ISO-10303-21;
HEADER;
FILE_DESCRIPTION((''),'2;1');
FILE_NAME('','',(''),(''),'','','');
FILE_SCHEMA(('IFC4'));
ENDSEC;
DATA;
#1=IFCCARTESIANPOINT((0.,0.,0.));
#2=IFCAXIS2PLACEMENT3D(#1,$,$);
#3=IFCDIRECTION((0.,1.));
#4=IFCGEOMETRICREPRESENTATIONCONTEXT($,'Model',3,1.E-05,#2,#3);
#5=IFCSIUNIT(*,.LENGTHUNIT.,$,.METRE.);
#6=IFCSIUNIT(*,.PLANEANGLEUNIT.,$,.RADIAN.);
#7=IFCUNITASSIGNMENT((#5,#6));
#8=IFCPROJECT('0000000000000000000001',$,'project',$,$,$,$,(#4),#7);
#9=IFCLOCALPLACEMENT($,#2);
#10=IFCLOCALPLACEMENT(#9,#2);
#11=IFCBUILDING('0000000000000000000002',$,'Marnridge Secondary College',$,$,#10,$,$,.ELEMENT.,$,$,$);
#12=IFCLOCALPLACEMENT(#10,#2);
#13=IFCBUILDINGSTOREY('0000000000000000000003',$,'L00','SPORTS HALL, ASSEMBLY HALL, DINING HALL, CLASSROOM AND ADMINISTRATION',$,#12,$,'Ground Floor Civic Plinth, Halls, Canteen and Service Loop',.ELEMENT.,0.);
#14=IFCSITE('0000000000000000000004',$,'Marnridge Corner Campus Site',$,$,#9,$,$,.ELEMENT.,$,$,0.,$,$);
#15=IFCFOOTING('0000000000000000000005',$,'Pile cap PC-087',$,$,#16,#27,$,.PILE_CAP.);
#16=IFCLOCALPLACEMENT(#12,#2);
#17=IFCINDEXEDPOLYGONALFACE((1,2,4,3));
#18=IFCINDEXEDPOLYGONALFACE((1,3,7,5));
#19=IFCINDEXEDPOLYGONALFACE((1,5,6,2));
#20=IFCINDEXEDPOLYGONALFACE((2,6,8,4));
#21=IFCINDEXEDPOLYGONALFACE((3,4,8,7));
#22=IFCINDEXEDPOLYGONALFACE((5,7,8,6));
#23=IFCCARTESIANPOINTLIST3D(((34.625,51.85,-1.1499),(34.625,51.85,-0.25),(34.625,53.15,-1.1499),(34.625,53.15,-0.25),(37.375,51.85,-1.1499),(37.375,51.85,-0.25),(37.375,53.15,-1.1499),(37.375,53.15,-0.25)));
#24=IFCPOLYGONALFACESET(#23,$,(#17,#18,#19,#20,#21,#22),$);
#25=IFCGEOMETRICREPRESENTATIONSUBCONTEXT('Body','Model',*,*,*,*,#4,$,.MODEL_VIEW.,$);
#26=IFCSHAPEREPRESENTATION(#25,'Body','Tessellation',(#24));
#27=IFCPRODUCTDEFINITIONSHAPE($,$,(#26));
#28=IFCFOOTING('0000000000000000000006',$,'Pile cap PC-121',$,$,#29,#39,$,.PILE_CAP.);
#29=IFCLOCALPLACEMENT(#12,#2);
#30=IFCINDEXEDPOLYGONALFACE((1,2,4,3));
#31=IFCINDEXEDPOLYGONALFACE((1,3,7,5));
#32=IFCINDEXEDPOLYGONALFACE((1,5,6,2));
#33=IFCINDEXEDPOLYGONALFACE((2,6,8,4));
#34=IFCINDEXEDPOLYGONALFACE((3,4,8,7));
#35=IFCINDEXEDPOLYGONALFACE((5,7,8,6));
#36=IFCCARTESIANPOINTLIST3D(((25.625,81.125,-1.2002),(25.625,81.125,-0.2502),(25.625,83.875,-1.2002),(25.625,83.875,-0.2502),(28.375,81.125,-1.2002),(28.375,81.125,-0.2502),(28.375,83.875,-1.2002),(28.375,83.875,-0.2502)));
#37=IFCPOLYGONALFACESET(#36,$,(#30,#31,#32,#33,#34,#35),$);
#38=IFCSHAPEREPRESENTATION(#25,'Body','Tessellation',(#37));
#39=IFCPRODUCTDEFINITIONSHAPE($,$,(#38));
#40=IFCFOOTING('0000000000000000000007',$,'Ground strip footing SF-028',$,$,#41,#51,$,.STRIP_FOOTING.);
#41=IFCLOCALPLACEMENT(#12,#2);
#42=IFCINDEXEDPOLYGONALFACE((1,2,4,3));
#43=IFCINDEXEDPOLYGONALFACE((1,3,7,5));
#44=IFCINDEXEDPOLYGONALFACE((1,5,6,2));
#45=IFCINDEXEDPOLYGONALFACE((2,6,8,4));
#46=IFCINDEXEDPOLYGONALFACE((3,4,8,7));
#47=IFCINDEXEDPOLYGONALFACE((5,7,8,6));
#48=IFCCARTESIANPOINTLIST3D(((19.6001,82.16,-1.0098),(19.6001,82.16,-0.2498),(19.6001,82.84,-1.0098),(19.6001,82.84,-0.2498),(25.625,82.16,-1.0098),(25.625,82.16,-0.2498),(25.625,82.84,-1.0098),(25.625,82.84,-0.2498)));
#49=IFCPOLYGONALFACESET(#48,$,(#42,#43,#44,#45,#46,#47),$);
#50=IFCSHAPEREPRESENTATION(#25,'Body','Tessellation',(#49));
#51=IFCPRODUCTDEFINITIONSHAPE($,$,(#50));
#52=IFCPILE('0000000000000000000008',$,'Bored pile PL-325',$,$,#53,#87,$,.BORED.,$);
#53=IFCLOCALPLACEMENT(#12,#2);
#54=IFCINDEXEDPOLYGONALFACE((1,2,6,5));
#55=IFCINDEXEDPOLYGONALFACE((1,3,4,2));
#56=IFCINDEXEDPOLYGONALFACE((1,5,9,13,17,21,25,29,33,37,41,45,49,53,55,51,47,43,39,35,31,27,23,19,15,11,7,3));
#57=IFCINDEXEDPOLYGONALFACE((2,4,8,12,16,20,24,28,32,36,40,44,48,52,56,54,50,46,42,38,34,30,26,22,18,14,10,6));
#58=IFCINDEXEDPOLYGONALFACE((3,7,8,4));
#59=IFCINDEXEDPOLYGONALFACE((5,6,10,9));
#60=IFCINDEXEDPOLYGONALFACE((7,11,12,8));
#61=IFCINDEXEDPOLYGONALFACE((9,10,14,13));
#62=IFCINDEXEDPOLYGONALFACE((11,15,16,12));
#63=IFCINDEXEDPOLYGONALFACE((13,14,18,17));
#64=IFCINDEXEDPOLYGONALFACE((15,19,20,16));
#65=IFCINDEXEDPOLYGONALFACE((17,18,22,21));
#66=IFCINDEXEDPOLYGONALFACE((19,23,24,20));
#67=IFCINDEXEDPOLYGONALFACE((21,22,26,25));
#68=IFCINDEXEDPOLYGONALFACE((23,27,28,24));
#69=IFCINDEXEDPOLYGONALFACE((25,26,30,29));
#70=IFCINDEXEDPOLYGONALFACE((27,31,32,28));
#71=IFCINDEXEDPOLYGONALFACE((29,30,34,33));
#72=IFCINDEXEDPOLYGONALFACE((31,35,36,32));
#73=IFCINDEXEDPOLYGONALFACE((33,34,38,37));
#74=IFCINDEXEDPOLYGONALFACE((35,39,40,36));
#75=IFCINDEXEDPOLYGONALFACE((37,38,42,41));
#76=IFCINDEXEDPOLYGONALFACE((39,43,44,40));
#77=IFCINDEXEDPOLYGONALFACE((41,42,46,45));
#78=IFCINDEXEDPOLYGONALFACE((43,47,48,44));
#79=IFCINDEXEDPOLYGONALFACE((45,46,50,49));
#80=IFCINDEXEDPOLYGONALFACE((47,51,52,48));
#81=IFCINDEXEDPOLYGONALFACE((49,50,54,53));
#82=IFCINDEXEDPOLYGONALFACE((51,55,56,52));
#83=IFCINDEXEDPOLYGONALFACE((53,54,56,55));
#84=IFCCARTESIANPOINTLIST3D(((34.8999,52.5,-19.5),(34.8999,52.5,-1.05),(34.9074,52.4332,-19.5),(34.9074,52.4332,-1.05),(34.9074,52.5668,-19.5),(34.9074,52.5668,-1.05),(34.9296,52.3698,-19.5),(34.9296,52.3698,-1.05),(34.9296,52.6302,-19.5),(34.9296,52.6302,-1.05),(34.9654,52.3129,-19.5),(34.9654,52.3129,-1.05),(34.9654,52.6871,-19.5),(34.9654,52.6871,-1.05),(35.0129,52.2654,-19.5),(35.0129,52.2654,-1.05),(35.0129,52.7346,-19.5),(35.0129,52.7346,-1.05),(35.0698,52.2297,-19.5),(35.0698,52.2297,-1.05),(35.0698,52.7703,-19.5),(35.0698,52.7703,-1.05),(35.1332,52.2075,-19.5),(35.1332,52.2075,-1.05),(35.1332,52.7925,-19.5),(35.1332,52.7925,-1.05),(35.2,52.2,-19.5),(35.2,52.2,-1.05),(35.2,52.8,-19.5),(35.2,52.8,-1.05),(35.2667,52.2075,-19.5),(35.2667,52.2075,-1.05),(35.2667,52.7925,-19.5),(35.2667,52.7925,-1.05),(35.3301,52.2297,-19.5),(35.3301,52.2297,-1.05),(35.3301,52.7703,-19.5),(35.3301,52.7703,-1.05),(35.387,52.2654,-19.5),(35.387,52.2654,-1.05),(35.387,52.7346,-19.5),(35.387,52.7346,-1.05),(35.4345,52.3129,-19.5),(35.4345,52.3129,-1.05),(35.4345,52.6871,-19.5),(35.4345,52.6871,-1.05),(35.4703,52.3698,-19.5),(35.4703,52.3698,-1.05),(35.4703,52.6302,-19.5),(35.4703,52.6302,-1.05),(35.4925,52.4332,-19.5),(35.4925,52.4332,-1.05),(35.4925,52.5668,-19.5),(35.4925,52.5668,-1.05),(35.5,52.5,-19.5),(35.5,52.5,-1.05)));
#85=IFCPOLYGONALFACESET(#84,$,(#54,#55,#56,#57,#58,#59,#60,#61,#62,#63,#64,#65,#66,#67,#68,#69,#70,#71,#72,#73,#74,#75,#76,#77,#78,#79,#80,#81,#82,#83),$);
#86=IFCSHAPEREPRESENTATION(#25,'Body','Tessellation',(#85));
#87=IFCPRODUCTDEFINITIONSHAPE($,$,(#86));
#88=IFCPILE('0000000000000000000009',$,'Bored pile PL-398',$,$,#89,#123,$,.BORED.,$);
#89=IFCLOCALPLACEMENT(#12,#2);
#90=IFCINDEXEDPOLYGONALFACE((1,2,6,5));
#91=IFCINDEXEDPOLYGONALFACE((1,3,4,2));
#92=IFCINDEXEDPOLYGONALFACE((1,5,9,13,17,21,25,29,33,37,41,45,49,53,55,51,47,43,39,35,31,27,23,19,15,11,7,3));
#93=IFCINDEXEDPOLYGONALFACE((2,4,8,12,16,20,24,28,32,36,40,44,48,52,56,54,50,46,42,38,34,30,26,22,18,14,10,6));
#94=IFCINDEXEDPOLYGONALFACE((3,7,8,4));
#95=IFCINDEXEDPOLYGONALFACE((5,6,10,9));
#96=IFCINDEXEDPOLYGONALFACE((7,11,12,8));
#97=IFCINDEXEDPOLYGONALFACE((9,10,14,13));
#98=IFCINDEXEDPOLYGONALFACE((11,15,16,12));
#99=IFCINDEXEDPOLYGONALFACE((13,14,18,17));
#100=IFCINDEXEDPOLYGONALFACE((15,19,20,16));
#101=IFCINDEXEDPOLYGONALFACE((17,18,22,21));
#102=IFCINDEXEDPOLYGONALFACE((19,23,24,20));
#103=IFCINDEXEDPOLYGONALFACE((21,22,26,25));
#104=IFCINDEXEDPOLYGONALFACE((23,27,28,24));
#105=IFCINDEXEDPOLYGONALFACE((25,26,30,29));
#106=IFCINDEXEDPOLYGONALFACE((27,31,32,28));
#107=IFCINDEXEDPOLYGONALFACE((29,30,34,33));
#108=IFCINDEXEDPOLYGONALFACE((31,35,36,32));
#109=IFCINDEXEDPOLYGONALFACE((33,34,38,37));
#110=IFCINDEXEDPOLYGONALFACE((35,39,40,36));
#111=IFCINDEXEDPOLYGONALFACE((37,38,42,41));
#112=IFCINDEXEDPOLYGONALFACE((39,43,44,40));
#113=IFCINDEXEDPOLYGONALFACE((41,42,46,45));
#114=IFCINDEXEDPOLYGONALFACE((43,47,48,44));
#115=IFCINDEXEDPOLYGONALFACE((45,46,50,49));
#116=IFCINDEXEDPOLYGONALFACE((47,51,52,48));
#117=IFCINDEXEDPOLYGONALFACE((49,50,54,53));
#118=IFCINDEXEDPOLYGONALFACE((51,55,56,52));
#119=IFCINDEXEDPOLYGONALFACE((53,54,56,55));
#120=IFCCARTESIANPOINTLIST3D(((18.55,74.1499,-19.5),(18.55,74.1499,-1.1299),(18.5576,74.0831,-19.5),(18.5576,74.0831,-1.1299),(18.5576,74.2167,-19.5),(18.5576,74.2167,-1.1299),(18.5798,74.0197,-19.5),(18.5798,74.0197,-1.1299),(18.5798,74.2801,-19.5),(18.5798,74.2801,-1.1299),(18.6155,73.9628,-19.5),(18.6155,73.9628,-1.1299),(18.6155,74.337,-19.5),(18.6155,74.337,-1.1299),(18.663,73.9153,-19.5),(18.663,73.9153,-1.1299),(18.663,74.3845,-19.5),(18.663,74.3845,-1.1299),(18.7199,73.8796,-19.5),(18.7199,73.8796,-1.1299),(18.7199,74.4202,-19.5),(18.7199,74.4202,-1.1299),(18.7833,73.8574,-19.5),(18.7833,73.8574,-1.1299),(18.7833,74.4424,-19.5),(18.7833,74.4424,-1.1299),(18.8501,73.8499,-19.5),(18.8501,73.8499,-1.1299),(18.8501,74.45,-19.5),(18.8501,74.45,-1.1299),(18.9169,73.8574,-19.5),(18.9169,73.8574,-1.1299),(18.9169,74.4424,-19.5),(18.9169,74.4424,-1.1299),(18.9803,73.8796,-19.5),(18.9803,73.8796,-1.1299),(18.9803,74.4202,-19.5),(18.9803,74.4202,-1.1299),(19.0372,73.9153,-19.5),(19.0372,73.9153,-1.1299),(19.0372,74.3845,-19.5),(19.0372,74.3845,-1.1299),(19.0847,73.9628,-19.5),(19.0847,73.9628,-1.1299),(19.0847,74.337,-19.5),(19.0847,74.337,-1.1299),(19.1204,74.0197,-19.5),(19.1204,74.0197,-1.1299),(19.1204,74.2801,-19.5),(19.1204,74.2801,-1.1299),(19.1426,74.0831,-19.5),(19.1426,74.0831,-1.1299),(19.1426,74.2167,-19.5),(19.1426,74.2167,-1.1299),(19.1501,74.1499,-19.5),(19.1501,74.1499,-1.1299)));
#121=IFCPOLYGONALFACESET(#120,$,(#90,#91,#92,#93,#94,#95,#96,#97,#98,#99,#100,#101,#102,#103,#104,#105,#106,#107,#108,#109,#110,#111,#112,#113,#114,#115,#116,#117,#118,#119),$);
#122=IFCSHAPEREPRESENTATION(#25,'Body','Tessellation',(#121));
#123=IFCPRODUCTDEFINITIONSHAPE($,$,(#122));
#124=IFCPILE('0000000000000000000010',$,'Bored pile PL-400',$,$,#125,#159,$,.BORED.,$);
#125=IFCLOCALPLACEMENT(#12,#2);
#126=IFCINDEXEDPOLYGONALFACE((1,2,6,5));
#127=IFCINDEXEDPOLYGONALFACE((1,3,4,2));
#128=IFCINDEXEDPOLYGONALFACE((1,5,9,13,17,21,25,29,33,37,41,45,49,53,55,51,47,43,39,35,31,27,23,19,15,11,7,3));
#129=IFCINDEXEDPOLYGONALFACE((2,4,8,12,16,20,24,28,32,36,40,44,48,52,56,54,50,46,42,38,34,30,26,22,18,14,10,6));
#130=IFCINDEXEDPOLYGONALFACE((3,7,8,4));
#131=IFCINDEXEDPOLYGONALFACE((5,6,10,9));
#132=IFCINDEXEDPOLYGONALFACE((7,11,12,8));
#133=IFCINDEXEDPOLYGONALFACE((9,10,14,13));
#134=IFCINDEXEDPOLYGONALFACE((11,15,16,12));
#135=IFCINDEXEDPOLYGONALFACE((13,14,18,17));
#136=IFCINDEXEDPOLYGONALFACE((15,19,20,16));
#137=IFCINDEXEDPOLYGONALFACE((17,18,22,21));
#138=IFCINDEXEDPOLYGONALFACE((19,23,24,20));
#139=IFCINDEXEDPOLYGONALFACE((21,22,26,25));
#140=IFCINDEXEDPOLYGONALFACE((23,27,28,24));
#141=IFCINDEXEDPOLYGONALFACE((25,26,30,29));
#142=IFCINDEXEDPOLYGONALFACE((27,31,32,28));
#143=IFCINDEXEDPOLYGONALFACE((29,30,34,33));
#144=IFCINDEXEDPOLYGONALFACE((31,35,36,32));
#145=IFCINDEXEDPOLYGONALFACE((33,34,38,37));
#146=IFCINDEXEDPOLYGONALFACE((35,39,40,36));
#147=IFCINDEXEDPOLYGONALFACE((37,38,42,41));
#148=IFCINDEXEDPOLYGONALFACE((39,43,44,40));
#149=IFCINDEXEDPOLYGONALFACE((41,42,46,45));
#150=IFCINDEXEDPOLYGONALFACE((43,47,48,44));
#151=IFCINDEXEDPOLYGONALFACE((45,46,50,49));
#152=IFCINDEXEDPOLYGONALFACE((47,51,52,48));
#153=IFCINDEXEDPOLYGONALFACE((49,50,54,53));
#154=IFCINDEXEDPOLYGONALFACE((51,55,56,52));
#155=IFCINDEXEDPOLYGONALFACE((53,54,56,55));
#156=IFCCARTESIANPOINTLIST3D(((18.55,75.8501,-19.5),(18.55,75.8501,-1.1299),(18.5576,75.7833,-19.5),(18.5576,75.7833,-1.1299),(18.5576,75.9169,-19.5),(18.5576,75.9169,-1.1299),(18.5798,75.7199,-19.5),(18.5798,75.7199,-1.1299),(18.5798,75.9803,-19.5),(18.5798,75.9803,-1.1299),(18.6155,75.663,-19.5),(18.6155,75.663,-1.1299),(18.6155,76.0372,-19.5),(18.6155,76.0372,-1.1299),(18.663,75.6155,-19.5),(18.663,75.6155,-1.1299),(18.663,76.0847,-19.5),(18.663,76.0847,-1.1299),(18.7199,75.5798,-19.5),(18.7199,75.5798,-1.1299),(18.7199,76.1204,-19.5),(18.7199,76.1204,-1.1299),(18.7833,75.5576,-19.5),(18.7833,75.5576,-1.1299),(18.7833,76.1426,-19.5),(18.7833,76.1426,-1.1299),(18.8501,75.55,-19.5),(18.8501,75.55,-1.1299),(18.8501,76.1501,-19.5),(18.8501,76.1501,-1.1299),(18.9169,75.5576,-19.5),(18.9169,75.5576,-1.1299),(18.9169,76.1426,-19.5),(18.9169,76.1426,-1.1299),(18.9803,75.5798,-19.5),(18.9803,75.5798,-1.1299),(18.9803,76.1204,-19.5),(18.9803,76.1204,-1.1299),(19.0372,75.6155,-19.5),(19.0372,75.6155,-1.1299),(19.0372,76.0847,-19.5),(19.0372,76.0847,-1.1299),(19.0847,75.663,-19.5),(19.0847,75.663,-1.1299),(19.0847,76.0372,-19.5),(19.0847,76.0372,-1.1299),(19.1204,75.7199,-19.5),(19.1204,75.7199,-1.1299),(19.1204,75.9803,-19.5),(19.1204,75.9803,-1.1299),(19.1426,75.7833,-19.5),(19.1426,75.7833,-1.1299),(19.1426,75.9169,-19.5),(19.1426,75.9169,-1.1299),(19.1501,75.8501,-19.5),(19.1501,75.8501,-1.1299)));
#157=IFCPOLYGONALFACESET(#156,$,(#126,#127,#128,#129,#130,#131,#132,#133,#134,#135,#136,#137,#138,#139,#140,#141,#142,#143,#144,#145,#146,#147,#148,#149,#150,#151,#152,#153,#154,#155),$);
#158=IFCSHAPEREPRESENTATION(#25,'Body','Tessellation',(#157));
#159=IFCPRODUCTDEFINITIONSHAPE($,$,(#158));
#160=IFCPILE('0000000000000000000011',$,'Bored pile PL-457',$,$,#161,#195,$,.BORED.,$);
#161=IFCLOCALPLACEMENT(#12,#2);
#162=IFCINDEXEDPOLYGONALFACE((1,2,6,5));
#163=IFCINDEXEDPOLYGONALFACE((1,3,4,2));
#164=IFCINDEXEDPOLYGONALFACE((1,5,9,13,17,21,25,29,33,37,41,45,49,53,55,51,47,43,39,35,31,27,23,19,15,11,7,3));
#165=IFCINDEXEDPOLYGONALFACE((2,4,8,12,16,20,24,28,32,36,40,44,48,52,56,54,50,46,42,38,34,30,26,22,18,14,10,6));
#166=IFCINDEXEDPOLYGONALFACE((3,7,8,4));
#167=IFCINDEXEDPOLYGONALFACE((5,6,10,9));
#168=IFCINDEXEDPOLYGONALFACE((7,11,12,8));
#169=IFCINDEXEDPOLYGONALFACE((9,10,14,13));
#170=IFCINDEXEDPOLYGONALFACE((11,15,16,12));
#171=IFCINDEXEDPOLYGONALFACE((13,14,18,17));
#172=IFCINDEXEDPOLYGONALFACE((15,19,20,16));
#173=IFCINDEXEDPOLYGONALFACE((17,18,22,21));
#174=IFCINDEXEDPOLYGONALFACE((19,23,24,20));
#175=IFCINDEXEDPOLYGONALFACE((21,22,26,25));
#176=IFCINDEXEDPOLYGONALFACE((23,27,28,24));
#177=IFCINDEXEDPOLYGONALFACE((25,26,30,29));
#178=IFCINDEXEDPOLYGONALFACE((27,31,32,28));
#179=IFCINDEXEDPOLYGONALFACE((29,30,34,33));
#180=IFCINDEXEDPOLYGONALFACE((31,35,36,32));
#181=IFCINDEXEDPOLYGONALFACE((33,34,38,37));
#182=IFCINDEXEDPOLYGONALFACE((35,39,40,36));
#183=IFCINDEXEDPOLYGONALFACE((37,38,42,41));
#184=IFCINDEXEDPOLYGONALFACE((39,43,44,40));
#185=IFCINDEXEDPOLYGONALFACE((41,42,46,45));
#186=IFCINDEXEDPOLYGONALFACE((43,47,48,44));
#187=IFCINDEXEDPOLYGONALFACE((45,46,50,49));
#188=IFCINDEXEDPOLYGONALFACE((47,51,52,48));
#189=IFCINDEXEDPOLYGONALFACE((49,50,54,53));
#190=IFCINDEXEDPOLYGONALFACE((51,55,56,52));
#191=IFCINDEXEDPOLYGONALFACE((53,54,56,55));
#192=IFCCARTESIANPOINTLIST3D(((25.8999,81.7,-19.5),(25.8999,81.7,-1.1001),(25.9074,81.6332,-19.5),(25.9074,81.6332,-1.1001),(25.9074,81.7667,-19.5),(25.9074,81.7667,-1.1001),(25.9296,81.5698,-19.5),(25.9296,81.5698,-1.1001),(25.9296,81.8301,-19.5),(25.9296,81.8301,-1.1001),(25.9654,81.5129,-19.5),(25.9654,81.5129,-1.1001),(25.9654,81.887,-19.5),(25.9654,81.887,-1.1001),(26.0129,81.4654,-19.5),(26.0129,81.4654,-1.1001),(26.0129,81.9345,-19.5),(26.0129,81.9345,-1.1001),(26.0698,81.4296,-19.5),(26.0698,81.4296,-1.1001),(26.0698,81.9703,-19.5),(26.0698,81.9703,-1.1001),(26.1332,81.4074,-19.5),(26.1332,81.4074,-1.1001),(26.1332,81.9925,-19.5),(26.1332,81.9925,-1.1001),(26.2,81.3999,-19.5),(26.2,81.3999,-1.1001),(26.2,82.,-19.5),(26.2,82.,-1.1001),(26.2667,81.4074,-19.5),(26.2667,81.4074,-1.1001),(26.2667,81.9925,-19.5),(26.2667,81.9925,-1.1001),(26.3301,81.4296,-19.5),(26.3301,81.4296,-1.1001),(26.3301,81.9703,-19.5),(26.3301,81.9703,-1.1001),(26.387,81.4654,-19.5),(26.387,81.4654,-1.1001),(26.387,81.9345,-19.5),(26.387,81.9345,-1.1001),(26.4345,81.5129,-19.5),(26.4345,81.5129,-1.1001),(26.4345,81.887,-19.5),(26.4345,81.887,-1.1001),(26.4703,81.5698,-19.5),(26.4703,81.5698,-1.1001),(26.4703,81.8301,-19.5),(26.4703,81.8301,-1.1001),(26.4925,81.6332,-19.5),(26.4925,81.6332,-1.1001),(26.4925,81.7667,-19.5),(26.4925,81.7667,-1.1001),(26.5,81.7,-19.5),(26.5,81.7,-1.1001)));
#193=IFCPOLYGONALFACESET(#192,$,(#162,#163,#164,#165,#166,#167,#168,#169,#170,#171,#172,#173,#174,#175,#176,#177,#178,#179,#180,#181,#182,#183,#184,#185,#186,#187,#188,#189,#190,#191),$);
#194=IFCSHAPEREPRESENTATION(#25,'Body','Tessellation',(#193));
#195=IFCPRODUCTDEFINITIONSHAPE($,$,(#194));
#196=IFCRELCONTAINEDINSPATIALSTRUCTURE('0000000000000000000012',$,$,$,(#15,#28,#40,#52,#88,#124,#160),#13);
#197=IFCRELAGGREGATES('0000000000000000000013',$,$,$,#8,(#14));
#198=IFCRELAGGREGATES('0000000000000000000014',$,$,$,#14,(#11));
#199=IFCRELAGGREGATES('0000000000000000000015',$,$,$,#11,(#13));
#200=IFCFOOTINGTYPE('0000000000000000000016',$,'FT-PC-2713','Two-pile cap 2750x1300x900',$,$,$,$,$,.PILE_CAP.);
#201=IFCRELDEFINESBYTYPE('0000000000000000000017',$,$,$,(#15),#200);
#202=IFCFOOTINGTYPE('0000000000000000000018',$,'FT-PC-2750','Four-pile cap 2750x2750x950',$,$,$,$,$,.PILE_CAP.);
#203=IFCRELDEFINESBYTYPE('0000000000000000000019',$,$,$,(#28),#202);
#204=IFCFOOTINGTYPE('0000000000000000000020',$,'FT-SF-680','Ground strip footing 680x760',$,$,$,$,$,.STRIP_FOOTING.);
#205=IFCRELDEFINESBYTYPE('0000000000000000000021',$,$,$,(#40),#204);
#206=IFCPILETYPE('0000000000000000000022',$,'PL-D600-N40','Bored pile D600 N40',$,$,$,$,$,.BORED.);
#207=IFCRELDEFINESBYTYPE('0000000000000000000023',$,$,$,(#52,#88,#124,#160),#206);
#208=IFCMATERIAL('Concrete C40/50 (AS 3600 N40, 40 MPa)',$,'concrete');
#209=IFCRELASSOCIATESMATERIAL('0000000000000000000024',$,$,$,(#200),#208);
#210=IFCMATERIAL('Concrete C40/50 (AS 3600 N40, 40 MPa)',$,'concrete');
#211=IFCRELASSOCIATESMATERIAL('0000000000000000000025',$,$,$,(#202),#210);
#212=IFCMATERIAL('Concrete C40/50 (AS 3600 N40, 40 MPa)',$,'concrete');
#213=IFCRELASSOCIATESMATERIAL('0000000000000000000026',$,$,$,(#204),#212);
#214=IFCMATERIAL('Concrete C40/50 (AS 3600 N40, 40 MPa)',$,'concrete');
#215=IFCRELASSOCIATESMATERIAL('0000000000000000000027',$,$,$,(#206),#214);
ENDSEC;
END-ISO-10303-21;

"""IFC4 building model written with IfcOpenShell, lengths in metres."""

from ifc_helpers import new_model, si_unit, direction, frame, origin, origin_2d, place, context, subcontext, project, spatial, rectangle, circle, extrude, material, material_profile, profile_set, type_object, element, save


model = new_model("IFC4")

# Units and contexts
model_context = context("Model", 3, precision=1e-05, world=origin(), true_north=direction((0.0, 1.0)))
body_context = subcontext(model_context, "Body", "Model", "MODEL_VIEW")
ifc_project = project(units=[si_unit("LENGTHUNIT", "METRE"), si_unit("PLANEANGLEUNIT", "RADIAN")], contexts=[model_context])

# Site, building, storey
site_placement = place(None, origin())
site = spatial("IfcSite", under=ifc_project, at=site_placement, Name="Marnridge Corner Campus Site", CompositionType="ELEMENT", RefElevation=0.0)
building_placement = place(site_placement, origin())
building = spatial("IfcBuilding", under=site, at=building_placement, Name="Marnridge Secondary College", CompositionType="ELEMENT")
storey_placement = place(building_placement, origin())
storey = spatial("IfcBuildingStorey", under=building, at=storey_placement, Name="L00", Description="SPORTS HALL, ASSEMBLY HALL, DINING HALL, CLASSROOM AND ADMINISTRATION", LongName="Ground Floor Civic Plinth, Halls, Canteen and Service Loop", CompositionType="ELEMENT", Elevation=0.0)

# Footings
ifc_material_1 = material(Name="Concrete C40/50 (AS 3600 N40, 40 MPa)", Category="concrete")
footing_type_1 = type_object("IfcFootingType", Name="FT-PC-2713", Description="Two-pile cap 2750x1300x900", PredefinedType="PILE_CAP", material=ifc_material_1)
footing_1_placement = place(storey_placement, frame((36.0, 52.5, -1.1499), z_axis=(0.0, 0.0, 1.0), x_axis=(1.0, 0.0, 0.0)))
element("IfcFooting", 1, at=footing_1_placement, inside=storey, type_object=footing_type_1, Name="Pile cap PC-087", PredefinedType="PILE_CAP", context=body_context, shape_type="SweptSolid", body=[
    extrude(rectangle(XDim=2.75, YDim=1.3, at=origin_2d()), origin(), (0.0, 0.0, 1.0), 0.8999),
])
ifc_material_2 = material(Name="Concrete C40/50 (AS 3600 N40, 40 MPa)", Category="concrete")
footing_type_2 = type_object("IfcFootingType", Name="FT-PC-2750", Description="Four-pile cap 2750x2750x950", PredefinedType="PILE_CAP", material=ifc_material_2)
footing_2_placement = place(storey_placement, frame((27.0, 82.5, -1.2002), z_axis=(0.0, 0.0, 1.0), x_axis=(1.0, 0.0, 0.0)))
element("IfcFooting", 2, at=footing_2_placement, inside=storey, type_object=footing_type_2, Name="Pile cap PC-121", PredefinedType="PILE_CAP", context=body_context, shape_type="SweptSolid", body=[
    extrude(rectangle(XDim=2.75, YDim=2.75, at=origin_2d()), origin(), (0.0, 0.0, 1.0), 0.95),
])
ifc_material_3 = material(Name="Concrete C40/50 (AS 3600 N40, 40 MPa)", Category="concrete")
footing_type_3 = type_object("IfcFootingType", Name="FT-SF-680", Description="Ground strip footing 680x760", PredefinedType="STRIP_FOOTING", material=ifc_material_3)
footing_3_placement = place(storey_placement, frame((22.6125, 82.5, -1.0098), z_axis=(0.0, 0.0, 1.0), x_axis=(1.0, 0.0, 0.0)))
element("IfcFooting", 3, at=footing_3_placement, inside=storey, type_object=footing_type_3, Name="Ground strip footing SF-028", PredefinedType="STRIP_FOOTING", context=body_context, shape_type="SweptSolid", body=[
    extrude(rectangle(XDim=6.0249, YDim=0.6799, at=origin_2d()), origin(), (0.0, 0.0, 1.0), 0.76),
])

# Piles
ifc_material_4 = material(Name="Concrete C40/50 (AS 3600 N40, 40 MPa)", Category="concrete")
ifc_material_profile_1 = material_profile(ifc_material_4, circle(Radius=0.3, at=origin_2d()), Name="PILE D600")
ifc_profile_set_1 = profile_set([ifc_material_profile_1], Name="Concrete C40/50 (AS 3600 N40, 40 MPa)")
pile_type_1 = type_object("IfcPileType", Name="PL-D600-N40", Description="Bored pile D600 N40", PredefinedType="BORED", material=ifc_profile_set_1)
pile_1_placement = place(storey_placement, frame((35.2, 52.5, -1.05), z_axis=(0.0, 0.0, -1.0), x_axis=(1.0, 0.0, 0.0)))
element("IfcPile", 4, at=pile_1_placement, inside=storey, type_object=pile_type_1, Name="Bored pile PL-325", PredefinedType="BORED", context=body_context, shape_type="SweptSolid", body=[
    extrude(circle(Radius=0.3, at=origin_2d()), origin(), (0.0, 0.0, 1.0), 18.45),
])
for number, where, z_axis, x_axis, name in (
    (5, (18.8501, 74.1499, -1.1299), (0.0, 0.0, -1.0), (1.0, 0.0, 0.0), "Bored pile PL-398"),
    (6, (18.8501, 75.8501, -1.1299), (0.0, 0.0, -1.0), (1.0, 0.0, 0.0), "Bored pile PL-400"),
):
    element("IfcPile", number, at=place(storey_placement, frame(where, z_axis=z_axis, x_axis=x_axis)), inside=storey, type_object=pile_type_1, Name=name, PredefinedType="BORED", context=body_context, shape_type="SweptSolid", body=[
        extrude(circle(Radius=0.3, at=origin_2d()), origin(), (0.0, 0.0, 1.0), 18.3701),
    ])
for number, where, z_axis, x_axis, name in (
    (7, (26.2, 81.7, -1.1001), (0.0, 0.0, -1.0), (1.0, 0.0, 0.0), "Bored pile PL-457"),
):
    element("IfcPile", number, at=place(storey_placement, frame(where, z_axis=z_axis, x_axis=x_axis)), inside=storey, type_object=pile_type_1, Name=name, PredefinedType="BORED", context=body_context, shape_type="SweptSolid", body=[
        extrude(circle(Radius=0.3, at=origin_2d()), origin(), (0.0, 0.0, 1.0), 18.3999),
    ])

save(model, "model.ifc")
